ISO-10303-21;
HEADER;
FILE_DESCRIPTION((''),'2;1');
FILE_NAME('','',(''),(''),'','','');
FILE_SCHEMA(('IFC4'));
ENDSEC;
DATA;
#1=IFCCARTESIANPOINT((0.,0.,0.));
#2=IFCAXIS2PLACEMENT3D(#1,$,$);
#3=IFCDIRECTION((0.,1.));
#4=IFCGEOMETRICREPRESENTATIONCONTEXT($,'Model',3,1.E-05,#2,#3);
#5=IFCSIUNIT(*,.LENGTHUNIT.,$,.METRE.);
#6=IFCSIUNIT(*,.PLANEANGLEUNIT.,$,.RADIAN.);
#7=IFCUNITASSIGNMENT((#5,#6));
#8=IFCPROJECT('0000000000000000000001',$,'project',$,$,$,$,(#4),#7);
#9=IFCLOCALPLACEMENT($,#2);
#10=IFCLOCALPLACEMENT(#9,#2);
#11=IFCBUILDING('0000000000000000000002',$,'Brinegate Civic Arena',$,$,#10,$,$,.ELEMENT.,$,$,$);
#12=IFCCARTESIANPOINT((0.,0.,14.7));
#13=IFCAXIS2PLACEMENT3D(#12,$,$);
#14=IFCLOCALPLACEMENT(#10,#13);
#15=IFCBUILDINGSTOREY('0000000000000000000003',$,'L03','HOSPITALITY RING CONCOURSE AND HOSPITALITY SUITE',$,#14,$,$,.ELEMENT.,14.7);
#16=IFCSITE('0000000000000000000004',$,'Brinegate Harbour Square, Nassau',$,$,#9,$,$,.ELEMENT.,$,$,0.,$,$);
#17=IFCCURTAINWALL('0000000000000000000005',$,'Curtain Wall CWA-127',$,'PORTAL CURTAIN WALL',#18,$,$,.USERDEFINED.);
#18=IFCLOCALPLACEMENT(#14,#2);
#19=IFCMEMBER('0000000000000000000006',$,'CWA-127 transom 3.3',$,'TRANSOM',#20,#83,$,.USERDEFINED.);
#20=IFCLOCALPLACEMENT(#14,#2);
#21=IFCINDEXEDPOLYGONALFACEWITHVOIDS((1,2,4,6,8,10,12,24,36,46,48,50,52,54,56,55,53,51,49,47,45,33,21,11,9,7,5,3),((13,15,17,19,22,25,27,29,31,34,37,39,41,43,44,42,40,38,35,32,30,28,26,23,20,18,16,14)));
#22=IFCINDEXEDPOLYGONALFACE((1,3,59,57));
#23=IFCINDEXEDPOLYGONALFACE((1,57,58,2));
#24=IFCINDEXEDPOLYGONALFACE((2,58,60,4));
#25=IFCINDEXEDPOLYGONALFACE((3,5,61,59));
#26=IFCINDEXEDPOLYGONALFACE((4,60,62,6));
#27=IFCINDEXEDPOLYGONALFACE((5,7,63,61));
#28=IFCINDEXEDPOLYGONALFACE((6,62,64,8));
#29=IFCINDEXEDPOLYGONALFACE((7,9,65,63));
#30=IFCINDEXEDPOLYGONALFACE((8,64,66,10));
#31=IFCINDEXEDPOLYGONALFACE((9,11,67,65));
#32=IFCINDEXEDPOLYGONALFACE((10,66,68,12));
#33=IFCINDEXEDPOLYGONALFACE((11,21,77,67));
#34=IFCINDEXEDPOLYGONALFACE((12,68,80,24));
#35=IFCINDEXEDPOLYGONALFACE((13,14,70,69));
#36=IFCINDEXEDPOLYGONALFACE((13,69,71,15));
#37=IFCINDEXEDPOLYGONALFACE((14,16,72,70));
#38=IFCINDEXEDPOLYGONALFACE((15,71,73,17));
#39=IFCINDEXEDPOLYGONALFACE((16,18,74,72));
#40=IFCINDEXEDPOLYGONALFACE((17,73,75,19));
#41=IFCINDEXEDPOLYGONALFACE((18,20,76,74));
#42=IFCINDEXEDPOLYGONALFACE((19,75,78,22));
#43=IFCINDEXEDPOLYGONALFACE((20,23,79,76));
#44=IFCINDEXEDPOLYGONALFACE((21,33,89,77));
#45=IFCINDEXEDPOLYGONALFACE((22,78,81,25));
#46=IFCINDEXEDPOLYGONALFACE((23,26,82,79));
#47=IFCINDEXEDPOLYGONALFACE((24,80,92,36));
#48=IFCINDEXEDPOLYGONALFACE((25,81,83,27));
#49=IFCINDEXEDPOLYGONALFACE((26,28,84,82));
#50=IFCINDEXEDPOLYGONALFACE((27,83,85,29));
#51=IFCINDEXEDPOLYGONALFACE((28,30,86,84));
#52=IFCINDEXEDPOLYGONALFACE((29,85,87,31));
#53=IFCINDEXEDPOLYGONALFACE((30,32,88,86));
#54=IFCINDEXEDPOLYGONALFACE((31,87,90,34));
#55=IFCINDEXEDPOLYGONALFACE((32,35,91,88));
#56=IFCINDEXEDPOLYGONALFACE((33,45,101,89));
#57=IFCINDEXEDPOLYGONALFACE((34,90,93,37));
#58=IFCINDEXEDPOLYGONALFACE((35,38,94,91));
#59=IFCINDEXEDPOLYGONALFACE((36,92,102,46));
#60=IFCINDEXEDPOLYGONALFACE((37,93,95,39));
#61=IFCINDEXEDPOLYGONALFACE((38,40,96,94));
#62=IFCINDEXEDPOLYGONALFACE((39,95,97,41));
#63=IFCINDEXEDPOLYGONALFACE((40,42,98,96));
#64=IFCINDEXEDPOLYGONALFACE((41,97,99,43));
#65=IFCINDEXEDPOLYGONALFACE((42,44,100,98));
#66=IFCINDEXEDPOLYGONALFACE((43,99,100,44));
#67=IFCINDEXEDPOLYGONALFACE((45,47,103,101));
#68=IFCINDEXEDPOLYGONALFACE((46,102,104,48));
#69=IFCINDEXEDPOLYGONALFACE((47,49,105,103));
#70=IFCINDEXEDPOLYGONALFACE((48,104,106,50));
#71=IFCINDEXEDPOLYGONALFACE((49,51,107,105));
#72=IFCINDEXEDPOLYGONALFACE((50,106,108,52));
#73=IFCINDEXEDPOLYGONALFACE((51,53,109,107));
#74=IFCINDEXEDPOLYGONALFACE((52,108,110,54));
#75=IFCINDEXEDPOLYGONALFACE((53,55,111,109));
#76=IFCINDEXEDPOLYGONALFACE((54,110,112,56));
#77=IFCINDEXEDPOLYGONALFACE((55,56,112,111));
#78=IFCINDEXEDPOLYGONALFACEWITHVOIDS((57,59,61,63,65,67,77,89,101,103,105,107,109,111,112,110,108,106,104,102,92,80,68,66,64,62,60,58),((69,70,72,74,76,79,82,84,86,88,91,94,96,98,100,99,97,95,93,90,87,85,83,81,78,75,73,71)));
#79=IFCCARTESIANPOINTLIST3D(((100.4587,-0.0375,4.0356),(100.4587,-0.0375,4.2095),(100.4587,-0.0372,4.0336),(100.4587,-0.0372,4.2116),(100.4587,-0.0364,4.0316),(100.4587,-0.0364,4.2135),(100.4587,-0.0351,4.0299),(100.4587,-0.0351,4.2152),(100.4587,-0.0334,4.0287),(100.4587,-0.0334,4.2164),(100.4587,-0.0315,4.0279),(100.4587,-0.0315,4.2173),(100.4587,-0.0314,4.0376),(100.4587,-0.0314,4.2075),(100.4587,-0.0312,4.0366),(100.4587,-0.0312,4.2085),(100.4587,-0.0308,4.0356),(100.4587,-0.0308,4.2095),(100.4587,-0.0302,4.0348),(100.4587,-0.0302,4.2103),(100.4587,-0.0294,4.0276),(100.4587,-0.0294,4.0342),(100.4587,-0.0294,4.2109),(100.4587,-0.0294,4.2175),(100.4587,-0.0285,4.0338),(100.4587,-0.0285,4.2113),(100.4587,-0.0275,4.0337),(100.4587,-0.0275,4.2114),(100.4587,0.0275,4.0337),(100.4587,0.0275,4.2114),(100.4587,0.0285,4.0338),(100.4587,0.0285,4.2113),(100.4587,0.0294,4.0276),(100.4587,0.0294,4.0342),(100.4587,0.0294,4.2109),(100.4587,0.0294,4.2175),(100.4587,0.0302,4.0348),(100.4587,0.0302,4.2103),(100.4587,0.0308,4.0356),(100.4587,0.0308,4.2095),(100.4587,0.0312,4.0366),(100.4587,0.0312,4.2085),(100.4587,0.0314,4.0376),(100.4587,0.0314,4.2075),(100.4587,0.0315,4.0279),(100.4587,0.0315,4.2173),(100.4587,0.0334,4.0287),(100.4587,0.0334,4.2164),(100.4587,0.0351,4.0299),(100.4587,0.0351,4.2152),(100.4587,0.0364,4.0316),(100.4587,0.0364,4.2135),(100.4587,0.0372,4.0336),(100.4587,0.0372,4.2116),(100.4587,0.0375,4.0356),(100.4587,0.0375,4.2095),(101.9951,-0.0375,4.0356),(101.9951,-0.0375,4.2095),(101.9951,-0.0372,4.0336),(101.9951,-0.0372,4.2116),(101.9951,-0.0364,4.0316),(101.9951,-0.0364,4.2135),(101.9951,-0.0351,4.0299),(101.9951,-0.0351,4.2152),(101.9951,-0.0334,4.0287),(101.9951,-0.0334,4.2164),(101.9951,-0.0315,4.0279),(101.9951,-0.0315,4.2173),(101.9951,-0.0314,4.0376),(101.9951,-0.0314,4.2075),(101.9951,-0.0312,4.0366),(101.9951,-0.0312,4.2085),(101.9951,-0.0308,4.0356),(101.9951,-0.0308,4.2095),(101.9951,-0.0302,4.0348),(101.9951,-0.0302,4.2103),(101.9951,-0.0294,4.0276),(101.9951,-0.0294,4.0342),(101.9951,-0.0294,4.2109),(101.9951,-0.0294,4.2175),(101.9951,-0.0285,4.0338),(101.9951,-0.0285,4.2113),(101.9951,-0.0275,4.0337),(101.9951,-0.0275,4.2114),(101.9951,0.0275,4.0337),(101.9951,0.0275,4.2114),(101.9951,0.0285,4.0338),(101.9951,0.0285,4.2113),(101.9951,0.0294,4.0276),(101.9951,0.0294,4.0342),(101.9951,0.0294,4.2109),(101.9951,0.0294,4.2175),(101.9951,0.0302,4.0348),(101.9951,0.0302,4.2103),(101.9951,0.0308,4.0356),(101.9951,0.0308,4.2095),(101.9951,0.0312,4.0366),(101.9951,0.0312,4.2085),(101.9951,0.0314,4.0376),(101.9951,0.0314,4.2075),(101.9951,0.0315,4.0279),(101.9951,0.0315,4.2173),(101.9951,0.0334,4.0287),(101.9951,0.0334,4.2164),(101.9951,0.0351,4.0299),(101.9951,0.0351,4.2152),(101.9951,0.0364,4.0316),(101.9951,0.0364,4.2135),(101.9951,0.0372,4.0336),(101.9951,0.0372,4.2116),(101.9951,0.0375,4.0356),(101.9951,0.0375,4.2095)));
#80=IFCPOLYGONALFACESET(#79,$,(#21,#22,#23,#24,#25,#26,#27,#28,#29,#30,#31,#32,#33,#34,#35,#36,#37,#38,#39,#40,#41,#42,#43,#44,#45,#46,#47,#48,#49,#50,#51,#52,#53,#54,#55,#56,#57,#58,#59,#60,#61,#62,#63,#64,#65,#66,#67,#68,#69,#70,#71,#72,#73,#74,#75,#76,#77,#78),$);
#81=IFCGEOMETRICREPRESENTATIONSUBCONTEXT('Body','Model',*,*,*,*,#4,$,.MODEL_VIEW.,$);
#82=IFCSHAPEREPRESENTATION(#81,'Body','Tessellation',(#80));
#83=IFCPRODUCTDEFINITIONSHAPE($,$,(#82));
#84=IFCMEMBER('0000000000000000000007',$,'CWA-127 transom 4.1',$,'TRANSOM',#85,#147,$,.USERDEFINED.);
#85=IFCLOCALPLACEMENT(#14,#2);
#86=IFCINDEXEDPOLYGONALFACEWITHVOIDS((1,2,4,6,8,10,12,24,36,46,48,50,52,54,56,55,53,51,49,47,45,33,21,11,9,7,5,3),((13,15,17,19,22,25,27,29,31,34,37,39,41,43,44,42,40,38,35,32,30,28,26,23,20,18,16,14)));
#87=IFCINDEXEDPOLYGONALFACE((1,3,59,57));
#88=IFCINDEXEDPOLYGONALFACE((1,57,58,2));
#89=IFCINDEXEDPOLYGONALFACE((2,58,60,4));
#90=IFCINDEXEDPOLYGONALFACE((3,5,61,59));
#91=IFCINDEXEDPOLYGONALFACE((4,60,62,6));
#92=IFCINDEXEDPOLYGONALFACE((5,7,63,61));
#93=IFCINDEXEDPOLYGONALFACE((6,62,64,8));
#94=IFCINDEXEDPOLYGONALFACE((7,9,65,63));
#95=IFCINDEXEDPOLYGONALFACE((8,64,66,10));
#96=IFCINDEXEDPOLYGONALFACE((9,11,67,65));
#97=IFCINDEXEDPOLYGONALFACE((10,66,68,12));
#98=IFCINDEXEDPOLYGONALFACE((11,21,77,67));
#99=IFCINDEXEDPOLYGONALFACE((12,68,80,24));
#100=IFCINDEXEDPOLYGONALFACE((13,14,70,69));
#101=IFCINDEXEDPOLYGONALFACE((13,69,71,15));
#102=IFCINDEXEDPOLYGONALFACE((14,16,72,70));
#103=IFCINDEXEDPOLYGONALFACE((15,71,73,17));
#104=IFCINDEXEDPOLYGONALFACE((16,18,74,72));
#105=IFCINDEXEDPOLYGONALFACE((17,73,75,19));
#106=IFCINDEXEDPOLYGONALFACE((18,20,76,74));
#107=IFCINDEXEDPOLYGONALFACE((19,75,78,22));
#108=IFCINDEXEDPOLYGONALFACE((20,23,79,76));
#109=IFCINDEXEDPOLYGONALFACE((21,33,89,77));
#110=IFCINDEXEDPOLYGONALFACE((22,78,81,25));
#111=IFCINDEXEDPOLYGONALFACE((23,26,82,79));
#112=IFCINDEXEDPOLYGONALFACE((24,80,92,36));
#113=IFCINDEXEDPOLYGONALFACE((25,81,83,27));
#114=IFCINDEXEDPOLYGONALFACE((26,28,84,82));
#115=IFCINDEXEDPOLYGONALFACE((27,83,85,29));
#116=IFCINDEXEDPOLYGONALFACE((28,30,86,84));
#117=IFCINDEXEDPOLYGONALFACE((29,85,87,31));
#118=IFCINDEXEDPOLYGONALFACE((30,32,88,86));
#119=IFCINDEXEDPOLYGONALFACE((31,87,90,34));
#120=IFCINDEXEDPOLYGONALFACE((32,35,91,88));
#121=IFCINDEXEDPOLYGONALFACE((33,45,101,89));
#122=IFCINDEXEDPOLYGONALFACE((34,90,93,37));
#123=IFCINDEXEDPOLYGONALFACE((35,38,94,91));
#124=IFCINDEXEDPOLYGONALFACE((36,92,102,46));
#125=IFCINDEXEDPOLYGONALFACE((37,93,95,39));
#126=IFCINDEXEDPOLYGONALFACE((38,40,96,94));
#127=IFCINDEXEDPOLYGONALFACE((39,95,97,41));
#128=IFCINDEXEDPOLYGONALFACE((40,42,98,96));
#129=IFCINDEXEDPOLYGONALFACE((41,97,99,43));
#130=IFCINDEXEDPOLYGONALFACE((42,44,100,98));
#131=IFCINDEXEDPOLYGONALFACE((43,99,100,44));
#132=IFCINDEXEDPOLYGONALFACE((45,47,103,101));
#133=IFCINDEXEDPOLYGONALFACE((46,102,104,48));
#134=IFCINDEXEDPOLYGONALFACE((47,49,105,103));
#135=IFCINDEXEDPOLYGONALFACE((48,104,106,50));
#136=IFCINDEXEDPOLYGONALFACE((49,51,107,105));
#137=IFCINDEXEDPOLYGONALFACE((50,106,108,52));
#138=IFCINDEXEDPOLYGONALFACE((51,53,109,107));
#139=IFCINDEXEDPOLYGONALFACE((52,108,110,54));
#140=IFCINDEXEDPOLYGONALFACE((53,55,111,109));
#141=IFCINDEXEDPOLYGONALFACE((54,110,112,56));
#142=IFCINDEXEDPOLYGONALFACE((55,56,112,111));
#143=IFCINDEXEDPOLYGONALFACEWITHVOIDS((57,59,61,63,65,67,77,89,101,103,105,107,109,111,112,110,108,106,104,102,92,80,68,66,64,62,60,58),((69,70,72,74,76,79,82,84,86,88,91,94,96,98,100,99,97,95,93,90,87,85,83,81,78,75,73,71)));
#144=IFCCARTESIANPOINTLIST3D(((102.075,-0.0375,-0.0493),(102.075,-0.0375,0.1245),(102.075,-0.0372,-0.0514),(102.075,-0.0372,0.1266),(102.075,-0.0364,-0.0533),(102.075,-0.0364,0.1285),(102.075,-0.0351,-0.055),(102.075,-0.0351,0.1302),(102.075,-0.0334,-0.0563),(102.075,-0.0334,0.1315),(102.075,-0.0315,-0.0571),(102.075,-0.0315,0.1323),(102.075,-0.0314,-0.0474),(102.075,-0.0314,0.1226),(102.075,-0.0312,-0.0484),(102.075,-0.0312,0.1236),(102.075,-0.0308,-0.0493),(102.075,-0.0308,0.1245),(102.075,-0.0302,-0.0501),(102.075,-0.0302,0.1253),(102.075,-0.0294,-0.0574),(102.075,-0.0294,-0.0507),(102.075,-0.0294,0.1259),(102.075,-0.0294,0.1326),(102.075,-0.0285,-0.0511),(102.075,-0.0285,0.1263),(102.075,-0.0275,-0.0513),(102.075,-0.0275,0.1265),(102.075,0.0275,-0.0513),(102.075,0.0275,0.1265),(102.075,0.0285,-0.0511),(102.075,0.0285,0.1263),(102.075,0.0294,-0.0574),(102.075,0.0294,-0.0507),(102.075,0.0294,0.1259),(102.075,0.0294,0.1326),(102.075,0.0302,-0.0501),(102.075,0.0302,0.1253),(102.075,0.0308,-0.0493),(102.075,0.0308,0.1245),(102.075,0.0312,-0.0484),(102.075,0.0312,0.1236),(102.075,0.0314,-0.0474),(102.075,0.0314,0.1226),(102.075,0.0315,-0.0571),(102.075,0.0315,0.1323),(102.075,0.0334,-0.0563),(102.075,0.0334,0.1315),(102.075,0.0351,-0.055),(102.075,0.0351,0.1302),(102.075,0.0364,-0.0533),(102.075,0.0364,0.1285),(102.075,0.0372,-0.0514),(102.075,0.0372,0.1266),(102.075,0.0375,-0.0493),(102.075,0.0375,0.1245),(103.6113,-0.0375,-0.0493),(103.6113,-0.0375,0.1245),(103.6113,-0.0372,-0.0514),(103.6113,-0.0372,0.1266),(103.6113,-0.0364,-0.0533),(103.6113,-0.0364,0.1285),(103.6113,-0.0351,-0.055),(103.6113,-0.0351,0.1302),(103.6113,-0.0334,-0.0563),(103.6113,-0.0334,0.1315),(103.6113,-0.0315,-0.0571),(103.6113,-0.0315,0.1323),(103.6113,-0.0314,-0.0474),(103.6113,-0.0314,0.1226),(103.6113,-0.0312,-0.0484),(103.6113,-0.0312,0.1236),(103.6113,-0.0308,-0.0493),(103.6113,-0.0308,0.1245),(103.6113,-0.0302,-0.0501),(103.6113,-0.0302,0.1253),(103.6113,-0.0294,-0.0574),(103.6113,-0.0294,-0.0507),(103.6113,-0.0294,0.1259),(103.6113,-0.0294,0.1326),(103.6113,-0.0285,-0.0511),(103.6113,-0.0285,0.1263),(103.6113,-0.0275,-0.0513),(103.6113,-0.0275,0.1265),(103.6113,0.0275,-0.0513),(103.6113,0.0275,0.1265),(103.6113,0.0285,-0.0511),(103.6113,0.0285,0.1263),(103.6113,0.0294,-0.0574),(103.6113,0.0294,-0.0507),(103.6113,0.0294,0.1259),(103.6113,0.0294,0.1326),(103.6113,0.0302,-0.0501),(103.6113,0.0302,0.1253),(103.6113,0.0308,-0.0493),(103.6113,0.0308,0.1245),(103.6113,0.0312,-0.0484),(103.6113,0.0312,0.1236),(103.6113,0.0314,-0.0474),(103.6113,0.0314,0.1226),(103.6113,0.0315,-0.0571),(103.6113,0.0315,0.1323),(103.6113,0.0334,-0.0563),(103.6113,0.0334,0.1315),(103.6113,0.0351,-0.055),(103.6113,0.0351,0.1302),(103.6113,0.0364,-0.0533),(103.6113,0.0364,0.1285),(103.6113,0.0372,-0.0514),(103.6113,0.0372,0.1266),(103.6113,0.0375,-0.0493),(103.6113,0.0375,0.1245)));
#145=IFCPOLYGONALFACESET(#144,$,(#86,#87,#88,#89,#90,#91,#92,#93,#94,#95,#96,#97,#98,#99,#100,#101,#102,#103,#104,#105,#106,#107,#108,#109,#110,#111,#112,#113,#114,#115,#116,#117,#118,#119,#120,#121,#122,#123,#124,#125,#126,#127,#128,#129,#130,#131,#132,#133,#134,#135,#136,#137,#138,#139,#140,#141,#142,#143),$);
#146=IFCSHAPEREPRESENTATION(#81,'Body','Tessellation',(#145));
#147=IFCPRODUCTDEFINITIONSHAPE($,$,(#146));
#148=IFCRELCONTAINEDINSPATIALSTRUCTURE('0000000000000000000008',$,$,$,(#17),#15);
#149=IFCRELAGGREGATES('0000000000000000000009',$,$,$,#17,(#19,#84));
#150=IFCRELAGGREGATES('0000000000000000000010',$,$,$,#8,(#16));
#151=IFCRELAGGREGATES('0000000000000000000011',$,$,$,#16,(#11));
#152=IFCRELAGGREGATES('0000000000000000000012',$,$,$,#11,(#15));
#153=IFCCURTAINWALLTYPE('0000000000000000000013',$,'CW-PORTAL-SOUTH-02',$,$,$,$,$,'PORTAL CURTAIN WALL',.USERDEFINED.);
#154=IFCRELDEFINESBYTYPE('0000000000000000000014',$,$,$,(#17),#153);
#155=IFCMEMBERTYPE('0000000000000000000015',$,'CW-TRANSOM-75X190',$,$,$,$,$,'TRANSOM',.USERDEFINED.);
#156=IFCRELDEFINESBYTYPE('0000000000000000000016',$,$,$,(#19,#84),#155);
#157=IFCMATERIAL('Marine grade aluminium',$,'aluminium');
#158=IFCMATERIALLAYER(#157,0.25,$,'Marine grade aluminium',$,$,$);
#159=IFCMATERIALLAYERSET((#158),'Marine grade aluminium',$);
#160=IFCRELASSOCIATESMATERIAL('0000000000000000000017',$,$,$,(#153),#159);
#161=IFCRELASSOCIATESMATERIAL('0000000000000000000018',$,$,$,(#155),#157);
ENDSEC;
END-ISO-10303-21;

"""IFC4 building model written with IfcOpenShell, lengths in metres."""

from ifc_helpers import new_model, si_unit, direction, frame, origin, origin_2d, place, context, subcontext, project, spatial, hollow_rectangle, extrude, material, layer, layer_set, material_profile, profile_set, type_object, element, aggregate, save


model = new_model("IFC4")

# Units and contexts
model_context = context("Model", 3, precision=1e-05, world=origin(), true_north=direction((0.0, 1.0)))
body_context = subcontext(model_context, "Body", "Model", "MODEL_VIEW")
ifc_project = project(units=[si_unit("LENGTHUNIT", "METRE"), si_unit("PLANEANGLEUNIT", "RADIAN")], contexts=[model_context])

# Site, building, storey
site_placement = place(None, origin())
site = spatial("IfcSite", under=ifc_project, at=site_placement, Name="Brinegate Harbour Square, Nassau", CompositionType="ELEMENT", RefElevation=0.0)
building_placement = place(site_placement, origin())
building = spatial("IfcBuilding", under=site, at=building_placement, Name="Brinegate Civic Arena", CompositionType="ELEMENT")
storey_placement = place(building_placement, frame((0.0, 0.0, 14.7)))
storey = spatial("IfcBuildingStorey", under=building, at=storey_placement, Name="L03", Description="HOSPITALITY RING CONCOURSE AND HOSPITALITY SUITE", CompositionType="ELEMENT", Elevation=14.7)

# Curtain wall, members
ifc_material_1 = material(Name="Marine grade aluminium", Category="aluminium")
ifc_layer_1 = layer(ifc_material_1, 0.25, Name="Marine grade aluminium")
ifc_layer_set_1 = layer_set([ifc_layer_1], Name="Marine grade aluminium")
curtain_wall_type = type_object("IfcCurtainWallType", Name="CW-PORTAL-SOUTH-02", ElementType="PORTAL CURTAIN WALL", PredefinedType="USERDEFINED", material=ifc_layer_set_1)
curtain_wall_placement = place(storey_placement, origin())
curtain_wall = element("IfcCurtainWall", 1, at=curtain_wall_placement, inside=storey, type_object=curtain_wall_type, Name="Curtain Wall CWA-127", ObjectType="PORTAL CURTAIN WALL", PredefinedType="USERDEFINED")
ifc_material_profile_1 = material_profile(ifc_material_1, hollow_rectangle(XDim=0.075, YDim=0.1899, WallThickness=0.0061, InnerFilletRadius=0.0039, OuterFilletRadius=0.0081, at=origin_2d()), Name="TRN75X190")
ifc_profile_set_1 = profile_set([ifc_material_profile_1], Name="Marine grade aluminium")
member_type_1 = type_object("IfcMemberType", Name="CW-TRANSOM-75X190", ElementType="TRANSOM", PredefinedType="USERDEFINED", material=ifc_profile_set_1)
member_1_placement = place(storey_placement, frame((100.4587, 0.0, 4.1226), z_axis=(1.0, 0.0, 0.0), x_axis=(0.0, 1.0, 0.0)))
member_1 = element("IfcMember", 2, at=member_1_placement, type_object=member_type_1, Name="CWA-127 transom 3.3", ObjectType="TRANSOM", PredefinedType="USERDEFINED", context=body_context, shape_type="SweptSolid", body=[
    extrude(hollow_rectangle(XDim=0.075, YDim=0.1899, WallThickness=0.0061, InnerFilletRadius=0.0039, OuterFilletRadius=0.0081, at=origin_2d()), origin(), (0.0, 0.0, 1.0), 1.5364),
])
member_2_placement = place(storey_placement, frame((102.075, 0.0, 0.0376), z_axis=(1.0, 0.0, 0.0), x_axis=(0.0, 1.0, 0.0)))
member_2 = element("IfcMember", 3, at=member_2_placement, type_object=member_type_1, Name="CWA-127 transom 4.1", ObjectType="TRANSOM", PredefinedType="USERDEFINED", context=body_context, shape_type="SweptSolid", body=[
    extrude(hollow_rectangle(XDim=0.075, YDim=0.1899, WallThickness=0.0061, InnerFilletRadius=0.0039, OuterFilletRadius=0.0081, at=origin_2d()), origin(), (0.0, 0.0, 1.0), 1.5364),
])
aggregate(curtain_wall, [member_1, member_2])

save(model, "model.ifc")
